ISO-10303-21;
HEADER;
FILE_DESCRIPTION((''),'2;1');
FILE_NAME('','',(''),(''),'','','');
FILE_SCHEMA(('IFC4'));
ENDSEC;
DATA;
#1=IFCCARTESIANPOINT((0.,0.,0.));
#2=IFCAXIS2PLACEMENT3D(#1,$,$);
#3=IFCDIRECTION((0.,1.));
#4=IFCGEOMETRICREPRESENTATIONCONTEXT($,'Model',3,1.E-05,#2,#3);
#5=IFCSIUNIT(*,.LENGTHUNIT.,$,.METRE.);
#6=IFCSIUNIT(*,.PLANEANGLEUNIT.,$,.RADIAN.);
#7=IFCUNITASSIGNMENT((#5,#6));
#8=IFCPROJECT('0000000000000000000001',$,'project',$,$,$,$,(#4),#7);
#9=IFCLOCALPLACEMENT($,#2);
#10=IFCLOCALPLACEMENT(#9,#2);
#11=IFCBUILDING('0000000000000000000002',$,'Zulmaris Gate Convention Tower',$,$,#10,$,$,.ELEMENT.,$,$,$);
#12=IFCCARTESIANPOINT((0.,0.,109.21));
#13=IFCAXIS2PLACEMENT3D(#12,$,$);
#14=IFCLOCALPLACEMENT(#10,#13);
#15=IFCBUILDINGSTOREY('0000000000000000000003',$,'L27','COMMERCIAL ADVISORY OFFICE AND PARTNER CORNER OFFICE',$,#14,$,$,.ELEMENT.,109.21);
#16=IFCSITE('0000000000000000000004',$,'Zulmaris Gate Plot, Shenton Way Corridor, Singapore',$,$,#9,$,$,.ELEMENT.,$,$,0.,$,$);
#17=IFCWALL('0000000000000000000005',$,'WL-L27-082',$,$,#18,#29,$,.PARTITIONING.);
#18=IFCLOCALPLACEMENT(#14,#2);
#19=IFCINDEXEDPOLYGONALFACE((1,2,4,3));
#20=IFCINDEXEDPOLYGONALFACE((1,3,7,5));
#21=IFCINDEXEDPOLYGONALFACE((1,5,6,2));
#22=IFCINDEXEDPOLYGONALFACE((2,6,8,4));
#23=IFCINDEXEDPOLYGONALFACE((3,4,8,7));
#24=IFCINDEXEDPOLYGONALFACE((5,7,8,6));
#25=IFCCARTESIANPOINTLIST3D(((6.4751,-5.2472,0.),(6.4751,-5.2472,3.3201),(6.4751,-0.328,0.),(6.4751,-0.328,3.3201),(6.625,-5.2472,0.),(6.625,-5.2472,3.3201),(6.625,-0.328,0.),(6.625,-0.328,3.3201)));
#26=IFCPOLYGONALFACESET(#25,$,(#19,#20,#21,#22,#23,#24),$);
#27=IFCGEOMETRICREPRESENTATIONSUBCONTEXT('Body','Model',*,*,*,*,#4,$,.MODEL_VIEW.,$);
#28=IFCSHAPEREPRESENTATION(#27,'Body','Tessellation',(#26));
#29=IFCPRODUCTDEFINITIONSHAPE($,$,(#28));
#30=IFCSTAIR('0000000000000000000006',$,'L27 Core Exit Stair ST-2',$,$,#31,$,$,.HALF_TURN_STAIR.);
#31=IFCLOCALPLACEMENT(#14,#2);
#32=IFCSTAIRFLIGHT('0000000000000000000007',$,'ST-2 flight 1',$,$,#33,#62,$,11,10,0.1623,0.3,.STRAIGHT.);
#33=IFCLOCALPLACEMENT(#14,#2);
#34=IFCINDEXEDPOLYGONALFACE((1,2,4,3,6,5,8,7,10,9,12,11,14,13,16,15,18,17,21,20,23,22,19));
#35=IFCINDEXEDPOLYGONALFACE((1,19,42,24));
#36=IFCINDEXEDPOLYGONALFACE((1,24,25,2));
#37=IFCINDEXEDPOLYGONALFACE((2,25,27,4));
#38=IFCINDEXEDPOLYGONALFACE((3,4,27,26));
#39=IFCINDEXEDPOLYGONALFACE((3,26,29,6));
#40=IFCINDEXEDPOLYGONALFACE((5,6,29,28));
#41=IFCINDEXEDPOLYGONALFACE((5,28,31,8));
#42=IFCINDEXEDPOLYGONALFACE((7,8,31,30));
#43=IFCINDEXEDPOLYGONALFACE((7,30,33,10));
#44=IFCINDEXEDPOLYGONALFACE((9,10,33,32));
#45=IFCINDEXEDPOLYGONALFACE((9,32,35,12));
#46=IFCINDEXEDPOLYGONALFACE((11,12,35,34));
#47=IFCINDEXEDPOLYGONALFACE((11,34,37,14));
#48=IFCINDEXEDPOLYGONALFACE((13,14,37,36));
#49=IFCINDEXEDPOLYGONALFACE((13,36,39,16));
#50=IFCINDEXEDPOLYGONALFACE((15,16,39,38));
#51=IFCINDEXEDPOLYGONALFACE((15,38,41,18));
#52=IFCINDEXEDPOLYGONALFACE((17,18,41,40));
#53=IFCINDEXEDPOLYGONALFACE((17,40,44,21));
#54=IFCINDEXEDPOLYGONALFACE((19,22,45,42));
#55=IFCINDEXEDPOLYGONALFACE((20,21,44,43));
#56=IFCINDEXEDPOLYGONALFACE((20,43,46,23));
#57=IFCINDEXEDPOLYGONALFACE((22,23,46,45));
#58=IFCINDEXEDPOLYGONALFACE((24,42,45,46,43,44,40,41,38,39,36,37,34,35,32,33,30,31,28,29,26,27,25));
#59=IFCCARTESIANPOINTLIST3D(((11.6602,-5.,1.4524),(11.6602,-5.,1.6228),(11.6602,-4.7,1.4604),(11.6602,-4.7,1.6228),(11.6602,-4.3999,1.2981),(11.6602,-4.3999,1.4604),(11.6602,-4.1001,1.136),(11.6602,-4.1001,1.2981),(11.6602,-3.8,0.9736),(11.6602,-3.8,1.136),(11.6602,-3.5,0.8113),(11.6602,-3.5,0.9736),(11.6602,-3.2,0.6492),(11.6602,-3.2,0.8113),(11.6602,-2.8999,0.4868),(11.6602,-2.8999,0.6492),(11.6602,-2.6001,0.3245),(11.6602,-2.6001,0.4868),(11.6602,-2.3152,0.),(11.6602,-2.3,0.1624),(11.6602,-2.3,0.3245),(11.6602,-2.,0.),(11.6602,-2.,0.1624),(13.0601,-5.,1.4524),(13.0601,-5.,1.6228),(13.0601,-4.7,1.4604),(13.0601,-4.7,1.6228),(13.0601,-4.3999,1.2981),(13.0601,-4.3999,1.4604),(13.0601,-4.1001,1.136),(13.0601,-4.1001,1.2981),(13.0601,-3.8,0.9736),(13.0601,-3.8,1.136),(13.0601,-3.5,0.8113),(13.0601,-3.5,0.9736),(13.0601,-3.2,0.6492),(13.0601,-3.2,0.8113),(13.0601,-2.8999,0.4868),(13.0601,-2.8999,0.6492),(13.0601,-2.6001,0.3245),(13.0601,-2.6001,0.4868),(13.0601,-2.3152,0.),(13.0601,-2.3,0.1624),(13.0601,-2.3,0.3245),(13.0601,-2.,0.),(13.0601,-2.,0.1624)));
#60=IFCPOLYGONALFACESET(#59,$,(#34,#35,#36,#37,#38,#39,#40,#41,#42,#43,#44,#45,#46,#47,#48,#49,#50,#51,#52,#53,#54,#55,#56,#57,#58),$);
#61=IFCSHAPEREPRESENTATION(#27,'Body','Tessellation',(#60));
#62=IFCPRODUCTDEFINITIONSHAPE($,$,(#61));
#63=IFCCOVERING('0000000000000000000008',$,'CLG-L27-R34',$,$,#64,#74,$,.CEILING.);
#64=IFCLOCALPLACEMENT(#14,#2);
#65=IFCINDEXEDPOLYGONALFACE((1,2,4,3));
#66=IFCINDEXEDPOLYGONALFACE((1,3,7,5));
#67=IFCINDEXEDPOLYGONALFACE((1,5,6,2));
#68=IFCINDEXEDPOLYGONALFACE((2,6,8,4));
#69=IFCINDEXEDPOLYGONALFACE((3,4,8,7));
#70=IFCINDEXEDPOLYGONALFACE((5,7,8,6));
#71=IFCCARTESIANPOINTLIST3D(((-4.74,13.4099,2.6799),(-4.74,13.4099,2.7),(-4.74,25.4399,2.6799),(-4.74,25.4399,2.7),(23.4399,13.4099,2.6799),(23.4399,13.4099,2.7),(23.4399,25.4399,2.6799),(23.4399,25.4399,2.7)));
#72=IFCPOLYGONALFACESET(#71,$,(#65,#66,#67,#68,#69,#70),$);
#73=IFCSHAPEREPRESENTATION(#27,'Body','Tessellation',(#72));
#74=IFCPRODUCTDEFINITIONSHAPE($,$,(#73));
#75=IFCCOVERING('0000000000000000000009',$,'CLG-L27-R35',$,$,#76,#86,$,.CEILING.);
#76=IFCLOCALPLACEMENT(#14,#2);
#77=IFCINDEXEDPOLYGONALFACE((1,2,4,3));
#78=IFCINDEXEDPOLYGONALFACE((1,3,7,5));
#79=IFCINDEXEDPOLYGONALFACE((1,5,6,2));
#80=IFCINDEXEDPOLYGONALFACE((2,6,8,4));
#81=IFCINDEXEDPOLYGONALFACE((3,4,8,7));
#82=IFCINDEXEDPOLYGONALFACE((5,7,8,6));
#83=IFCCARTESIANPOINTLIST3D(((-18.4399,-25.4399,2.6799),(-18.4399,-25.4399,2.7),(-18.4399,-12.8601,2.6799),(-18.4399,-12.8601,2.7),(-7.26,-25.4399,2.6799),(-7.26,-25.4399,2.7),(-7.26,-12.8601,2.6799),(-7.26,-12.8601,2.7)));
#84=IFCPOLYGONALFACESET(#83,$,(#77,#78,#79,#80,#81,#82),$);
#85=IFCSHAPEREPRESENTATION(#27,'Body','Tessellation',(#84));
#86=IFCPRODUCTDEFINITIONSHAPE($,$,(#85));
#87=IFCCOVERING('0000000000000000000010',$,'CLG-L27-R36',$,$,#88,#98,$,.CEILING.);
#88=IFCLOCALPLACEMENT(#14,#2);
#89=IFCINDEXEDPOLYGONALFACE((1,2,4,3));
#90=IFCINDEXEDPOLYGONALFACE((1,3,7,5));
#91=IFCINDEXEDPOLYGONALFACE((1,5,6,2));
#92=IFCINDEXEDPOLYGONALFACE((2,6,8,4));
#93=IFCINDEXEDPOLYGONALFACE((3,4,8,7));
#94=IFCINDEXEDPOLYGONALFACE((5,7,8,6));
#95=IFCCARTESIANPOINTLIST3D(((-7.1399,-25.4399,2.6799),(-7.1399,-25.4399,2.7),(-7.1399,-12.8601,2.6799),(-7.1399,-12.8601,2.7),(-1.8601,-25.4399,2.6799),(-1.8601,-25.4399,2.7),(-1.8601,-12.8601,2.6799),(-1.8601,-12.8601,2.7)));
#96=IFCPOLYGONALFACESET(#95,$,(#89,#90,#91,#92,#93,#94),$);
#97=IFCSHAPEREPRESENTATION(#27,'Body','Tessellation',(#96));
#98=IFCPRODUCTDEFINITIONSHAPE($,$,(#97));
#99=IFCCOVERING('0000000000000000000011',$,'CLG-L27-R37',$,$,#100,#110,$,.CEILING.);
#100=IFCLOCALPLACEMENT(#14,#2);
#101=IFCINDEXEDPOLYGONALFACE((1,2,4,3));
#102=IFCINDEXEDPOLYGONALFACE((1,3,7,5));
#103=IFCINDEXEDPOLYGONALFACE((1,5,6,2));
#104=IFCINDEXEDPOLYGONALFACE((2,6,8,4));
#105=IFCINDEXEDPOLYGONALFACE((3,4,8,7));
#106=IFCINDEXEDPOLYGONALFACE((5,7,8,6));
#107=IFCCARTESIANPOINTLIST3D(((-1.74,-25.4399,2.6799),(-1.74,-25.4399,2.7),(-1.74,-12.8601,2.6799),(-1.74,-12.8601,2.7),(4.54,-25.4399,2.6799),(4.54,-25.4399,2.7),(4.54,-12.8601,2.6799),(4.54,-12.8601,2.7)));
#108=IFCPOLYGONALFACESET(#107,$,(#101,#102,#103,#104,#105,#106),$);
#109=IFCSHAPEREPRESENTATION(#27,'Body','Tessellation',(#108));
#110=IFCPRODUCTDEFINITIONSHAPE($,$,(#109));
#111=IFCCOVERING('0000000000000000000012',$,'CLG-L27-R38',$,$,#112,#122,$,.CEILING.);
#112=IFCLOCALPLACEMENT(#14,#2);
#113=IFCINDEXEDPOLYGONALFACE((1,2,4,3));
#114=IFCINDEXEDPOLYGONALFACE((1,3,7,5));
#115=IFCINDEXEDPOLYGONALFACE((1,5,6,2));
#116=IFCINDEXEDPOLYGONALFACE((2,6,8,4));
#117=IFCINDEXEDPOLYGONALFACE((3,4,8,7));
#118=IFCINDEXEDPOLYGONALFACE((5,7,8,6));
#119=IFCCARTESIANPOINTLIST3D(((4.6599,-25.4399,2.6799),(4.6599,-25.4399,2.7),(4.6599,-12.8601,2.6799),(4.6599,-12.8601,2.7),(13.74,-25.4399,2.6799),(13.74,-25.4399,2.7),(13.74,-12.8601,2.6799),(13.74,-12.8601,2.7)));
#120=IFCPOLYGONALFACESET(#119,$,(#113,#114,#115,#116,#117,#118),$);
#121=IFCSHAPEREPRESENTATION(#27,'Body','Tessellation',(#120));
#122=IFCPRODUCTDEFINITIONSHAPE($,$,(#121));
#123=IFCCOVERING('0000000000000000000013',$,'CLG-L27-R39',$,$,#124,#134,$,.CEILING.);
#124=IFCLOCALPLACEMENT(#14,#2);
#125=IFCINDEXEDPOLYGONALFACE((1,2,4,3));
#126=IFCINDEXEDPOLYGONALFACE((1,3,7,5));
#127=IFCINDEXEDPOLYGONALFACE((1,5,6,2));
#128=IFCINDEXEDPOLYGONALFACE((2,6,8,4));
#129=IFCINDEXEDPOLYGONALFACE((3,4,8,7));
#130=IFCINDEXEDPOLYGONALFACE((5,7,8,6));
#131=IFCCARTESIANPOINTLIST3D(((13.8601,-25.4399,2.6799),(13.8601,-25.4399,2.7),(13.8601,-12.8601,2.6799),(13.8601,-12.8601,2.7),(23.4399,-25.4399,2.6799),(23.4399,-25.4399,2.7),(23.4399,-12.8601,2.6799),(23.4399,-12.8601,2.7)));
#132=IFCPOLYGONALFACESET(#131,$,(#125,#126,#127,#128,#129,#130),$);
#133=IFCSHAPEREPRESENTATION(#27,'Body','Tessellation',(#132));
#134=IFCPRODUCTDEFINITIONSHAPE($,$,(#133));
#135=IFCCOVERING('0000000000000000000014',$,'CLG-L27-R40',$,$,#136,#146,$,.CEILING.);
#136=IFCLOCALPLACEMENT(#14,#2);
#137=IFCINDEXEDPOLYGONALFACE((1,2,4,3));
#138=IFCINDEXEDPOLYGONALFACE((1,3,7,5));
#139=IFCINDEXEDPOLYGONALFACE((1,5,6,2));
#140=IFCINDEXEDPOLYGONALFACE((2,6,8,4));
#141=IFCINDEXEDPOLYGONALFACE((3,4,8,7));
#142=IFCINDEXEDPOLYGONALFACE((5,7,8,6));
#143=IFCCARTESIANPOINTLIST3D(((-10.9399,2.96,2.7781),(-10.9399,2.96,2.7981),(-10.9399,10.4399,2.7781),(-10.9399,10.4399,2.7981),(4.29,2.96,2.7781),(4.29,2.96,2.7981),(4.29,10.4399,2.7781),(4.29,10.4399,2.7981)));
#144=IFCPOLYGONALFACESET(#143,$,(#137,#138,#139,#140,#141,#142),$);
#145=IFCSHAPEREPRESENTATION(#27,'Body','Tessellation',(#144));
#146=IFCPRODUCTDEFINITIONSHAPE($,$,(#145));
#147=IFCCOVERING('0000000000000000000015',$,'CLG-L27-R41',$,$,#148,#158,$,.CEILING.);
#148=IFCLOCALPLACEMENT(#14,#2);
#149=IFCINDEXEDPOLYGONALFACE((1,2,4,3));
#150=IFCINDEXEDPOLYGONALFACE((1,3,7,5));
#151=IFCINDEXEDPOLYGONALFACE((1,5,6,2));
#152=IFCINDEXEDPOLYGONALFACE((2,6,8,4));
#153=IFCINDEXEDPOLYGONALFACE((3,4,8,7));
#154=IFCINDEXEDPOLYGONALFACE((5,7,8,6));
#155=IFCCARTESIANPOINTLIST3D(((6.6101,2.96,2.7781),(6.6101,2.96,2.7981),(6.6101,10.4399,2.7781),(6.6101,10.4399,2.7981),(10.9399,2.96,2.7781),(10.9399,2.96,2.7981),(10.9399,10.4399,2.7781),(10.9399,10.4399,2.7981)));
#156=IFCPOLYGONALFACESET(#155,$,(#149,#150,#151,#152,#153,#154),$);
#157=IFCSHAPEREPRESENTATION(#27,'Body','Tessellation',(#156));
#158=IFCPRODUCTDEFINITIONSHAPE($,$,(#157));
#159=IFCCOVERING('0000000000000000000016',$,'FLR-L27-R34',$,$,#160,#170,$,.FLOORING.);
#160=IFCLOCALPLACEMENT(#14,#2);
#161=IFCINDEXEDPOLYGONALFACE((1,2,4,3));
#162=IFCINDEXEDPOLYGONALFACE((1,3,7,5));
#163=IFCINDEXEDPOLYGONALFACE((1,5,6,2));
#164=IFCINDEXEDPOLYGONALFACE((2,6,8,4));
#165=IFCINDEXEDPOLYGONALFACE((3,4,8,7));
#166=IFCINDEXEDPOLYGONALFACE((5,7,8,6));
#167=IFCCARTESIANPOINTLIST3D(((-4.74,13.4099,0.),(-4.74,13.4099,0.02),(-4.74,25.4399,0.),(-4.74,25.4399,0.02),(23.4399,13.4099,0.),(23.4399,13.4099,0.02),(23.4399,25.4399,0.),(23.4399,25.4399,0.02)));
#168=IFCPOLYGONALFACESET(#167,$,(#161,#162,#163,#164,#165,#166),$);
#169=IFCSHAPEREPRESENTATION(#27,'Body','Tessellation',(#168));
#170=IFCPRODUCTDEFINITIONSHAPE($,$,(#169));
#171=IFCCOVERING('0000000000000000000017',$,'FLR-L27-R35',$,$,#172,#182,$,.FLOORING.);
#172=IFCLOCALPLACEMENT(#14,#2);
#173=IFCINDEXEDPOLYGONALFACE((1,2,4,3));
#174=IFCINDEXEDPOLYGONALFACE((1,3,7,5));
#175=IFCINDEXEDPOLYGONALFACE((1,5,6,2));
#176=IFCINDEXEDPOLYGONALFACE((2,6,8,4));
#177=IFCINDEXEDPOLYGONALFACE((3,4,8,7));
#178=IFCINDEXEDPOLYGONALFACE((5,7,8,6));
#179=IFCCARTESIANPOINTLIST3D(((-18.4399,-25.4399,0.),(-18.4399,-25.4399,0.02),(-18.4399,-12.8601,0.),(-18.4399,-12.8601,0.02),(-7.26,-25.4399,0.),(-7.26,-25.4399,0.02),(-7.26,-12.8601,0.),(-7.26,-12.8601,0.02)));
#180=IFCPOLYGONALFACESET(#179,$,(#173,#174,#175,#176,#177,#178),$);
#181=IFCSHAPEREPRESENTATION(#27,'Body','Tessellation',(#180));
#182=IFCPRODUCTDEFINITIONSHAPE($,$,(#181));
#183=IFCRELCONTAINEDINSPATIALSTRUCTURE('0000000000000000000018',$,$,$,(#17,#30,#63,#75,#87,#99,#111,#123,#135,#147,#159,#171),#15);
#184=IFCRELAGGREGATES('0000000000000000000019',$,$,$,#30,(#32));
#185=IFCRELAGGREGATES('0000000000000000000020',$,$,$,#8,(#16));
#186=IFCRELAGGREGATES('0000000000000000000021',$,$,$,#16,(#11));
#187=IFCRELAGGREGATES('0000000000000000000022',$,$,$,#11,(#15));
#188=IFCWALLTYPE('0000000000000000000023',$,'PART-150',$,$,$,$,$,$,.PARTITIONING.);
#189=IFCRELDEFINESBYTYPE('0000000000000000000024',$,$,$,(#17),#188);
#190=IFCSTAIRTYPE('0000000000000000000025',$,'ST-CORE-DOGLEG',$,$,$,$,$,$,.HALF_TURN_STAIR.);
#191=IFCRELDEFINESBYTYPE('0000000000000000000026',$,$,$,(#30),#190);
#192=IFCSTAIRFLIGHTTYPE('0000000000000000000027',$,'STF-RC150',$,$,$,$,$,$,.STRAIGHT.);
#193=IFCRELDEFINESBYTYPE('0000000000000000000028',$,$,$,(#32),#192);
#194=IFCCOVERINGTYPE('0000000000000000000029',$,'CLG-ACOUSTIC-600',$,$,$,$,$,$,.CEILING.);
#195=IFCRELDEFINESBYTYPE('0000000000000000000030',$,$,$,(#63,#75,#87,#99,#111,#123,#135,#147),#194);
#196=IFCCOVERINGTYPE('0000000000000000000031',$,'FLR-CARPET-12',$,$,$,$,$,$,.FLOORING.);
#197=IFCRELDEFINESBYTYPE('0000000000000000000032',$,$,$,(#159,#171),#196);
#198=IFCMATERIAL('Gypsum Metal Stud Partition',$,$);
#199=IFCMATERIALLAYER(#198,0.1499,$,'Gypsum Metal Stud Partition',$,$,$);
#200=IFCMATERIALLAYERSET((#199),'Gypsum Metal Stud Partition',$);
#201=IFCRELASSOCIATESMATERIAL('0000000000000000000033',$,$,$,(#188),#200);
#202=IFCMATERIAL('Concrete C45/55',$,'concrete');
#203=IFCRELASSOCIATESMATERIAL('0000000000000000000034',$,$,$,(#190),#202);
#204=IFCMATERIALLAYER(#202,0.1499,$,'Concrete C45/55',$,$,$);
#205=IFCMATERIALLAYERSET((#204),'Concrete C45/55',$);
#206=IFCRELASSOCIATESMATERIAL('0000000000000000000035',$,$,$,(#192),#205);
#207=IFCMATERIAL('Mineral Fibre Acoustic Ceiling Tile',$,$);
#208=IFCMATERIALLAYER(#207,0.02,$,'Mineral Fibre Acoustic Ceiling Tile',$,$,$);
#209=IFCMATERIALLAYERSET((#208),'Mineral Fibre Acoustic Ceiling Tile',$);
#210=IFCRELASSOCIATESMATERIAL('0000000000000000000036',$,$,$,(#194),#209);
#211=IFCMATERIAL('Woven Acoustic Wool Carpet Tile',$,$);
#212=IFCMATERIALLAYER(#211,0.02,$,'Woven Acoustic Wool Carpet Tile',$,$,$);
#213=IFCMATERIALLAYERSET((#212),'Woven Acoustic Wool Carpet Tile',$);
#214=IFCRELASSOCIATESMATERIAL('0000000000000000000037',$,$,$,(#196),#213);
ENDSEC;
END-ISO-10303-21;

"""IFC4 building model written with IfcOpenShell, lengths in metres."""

from ifc_helpers import new_model, si_unit, direction, frame, frame_2d, origin, place, context, subcontext, project, spatial, polyline, rectangle, outline, extrude, material, layer, layer_set, type_object, element, aggregate, save


model = new_model("IFC4")

# Units and contexts
model_context = context("Model", 3, precision=1e-05, world=origin(), true_north=direction((0.0, 1.0)))
body_context = subcontext(model_context, "Body", "Model", "MODEL_VIEW")
ifc_project = project(units=[si_unit("LENGTHUNIT", "METRE"), si_unit("PLANEANGLEUNIT", "RADIAN")], contexts=[model_context])

# Site, building, storey
site_placement = place(None, origin())
site = spatial("IfcSite", under=ifc_project, at=site_placement, Name="Zulmaris Gate Plot, Shenton Way Corridor, Singapore", CompositionType="ELEMENT", RefElevation=0.0)
building_placement = place(site_placement, origin())
building = spatial("IfcBuilding", under=site, at=building_placement, Name="Zulmaris Gate Convention Tower", CompositionType="ELEMENT")
storey_placement = place(building_placement, frame((0.0, 0.0, 109.21)))
storey = spatial("IfcBuildingStorey", under=building, at=storey_placement, Name="L27", Description="COMMERCIAL ADVISORY OFFICE AND PARTNER CORNER OFFICE", CompositionType="ELEMENT", Elevation=109.21)

# Wall
ifc_material_1 = material(Name="Gypsum Metal Stud Partition")
ifc_layer_1 = layer(ifc_material_1, 0.1499, Name="Gypsum Metal Stud Partition")
ifc_layer_set_1 = layer_set([ifc_layer_1], Name="Gypsum Metal Stud Partition")
wall_type_1 = type_object("IfcWallType", Name="PART-150", PredefinedType="PARTITIONING", material=ifc_layer_set_1)
wall_1_placement = place(storey_placement, frame((6.55, -5.2471, 0.0), z_axis=(0.0, 0.0, 1.0), x_axis=(0.0, 1.0, 0.0)))
element("IfcWall", 1, at=wall_1_placement, inside=storey, type_object=wall_type_1, Name="WL-L27-082", PredefinedType="PARTITIONING", context=body_context, shape_type="SweptSolid", body=[
    extrude(rectangle(XDim=4.9192, YDim=0.1499, at=frame_2d((2.4595, 0.0))), origin(), (0.0, 0.0, 1.0), 3.3201),
])

# Stair, stair flight
ifc_material_2 = material(Name="Concrete C45/55", Category="concrete")
stair_type = type_object("IfcStairType", Name="ST-CORE-DOGLEG", PredefinedType="HALF_TURN_STAIR", material=ifc_material_2)
stair_placement = place(storey_placement, origin())
stair = element("IfcStair", 2, at=stair_placement, inside=storey, type_object=stair_type, Name="L27 Core Exit Stair ST-2", PredefinedType="HALF_TURN_STAIR")
ifc_layer_2 = layer(ifc_material_2, 0.1499, Name="Concrete C45/55")
ifc_layer_set_2 = layer_set([ifc_layer_2], Name="Concrete C45/55")
stair_flight_type = type_object("IfcStairFlightType", Name="STF-RC150", PredefinedType="STRAIGHT", material=ifc_layer_set_2)
stair_flight_placement = place(storey_placement, frame((12.3601, -2.0, 0.0), z_axis=(0.0, 0.0, 1.0), x_axis=(0.0, -1.0, 0.0)))
stair_flight = element("IfcStairFlight", 3, at=stair_flight_placement, type_object=stair_flight_type, Name="ST-2 flight 1", NumberOfRisers=11, NumberOfTreads=10, PredefinedType="STRAIGHT", RiserHeight=0.1623, TreadLength=0.3, context=body_context, shape_type="SweptSolid", body=[
    extrude(outline(polyline([(0.0, 0.0), (0.0, 0.1624), (0.3, 0.1624), (0.3, 0.3245), (0.6001, 0.3245), (0.6001, 0.4868), (0.8999, 0.4868), (0.8999, 0.6492), (1.2, 0.6492), (1.2, 0.8113), (1.5, 0.8113), (1.5, 0.9736), (1.8, 0.9736), (1.8, 1.136), (2.1001, 1.136), (2.1001, 1.2981), (2.3999, 1.2981), (2.3999, 1.4604), (2.7, 1.4604), (2.7, 1.6228), (3.0, 1.6228), (3.0, 1.7849), (3.0, 1.4524), (0.3152, 0.0), (0.0, 0.0)])), frame((0.0, 0.7, 0.0), z_axis=(0.0, -1.0, 0.0), x_axis=(1.0, 0.0, 0.0)), (0.0, 0.0, 1.0), 1.3999),
])
aggregate(stair, [stair_flight])

# Coverings
ifc_material_3 = material(Name="Mineral Fibre Acoustic Ceiling Tile")
ifc_layer_3 = layer(ifc_material_3, 0.02, Name="Mineral Fibre Acoustic Ceiling Tile")
ifc_layer_set_3 = layer_set([ifc_layer_3], Name="Mineral Fibre Acoustic Ceiling Tile")
covering_type_1 = type_object("IfcCoveringType", Name="CLG-ACOUSTIC-600", PredefinedType="CEILING", material=ifc_layer_set_3)
covering_1_placement = place(storey_placement, frame((0.0, 0.0, 2.6799)))
element("IfcCovering", 4, at=covering_1_placement, inside=storey, type_object=covering_type_1, Name="CLG-L27-R34", PredefinedType="CEILING", context=body_context, shape_type="SweptSolid", body=[
    extrude(outline(polyline([(-4.74, 13.4099), (23.4399, 13.4099), (23.4399, 25.4399), (-4.74, 25.4399), (-4.74, 13.4099)])), origin(), (0.0, 0.0, 1.0), 0.02),
])
covering_2_placement = place(storey_placement, frame((0.0, 0.0, 2.6799)))
element("IfcCovering", 5, at=covering_2_placement, inside=storey, type_object=covering_type_1, Name="CLG-L27-R35", PredefinedType="CEILING", context=body_context, shape_type="SweptSolid", body=[
    extrude(outline(polyline([(-18.4399, -25.4399), (-7.26, -25.4399), (-7.26, -12.8601), (-18.4399, -12.8601), (-18.4399, -25.4399)])), origin(), (0.0, 0.0, 1.0), 0.02),
])
covering_3_placement = place(storey_placement, frame((0.0, 0.0, 2.6799)))
element("IfcCovering", 6, at=covering_3_placement, inside=storey, type_object=covering_type_1, Name="CLG-L27-R36", PredefinedType="CEILING", context=body_context, shape_type="SweptSolid", body=[
    extrude(outline(polyline([(-7.1399, -25.4399), (-1.8601, -25.4399), (-1.8601, -12.8601), (-7.1399, -12.8601), (-7.1399, -25.4399)])), origin(), (0.0, 0.0, 1.0), 0.02),
])
covering_4_placement = place(storey_placement, frame((0.0, 0.0, 2.6799)))
element("IfcCovering", 7, at=covering_4_placement, inside=storey, type_object=covering_type_1, Name="CLG-L27-R37", PredefinedType="CEILING", context=body_context, shape_type="SweptSolid", body=[
    extrude(outline(polyline([(-1.74, -25.4399), (4.54, -25.4399), (4.54, -12.8601), (-1.74, -12.8601), (-1.74, -25.4399)])), origin(), (0.0, 0.0, 1.0), 0.02),
])
covering_5_placement = place(storey_placement, frame((0.0, 0.0, 2.6799)))
element("IfcCovering", 8, at=covering_5_placement, inside=storey, type_object=covering_type_1, Name="CLG-L27-R38", PredefinedType="CEILING", context=body_context, shape_type="SweptSolid", body=[
    extrude(outline(polyline([(4.6599, -25.4399), (13.74, -25.4399), (13.74, -12.8601), (4.6599, -12.8601), (4.6599, -25.4399)])), origin(), (0.0, 0.0, 1.0), 0.02),
])
covering_6_placement = place(storey_placement, frame((0.0, 0.0, 2.6799)))
element("IfcCovering", 9, at=covering_6_placement, inside=storey, type_object=covering_type_1, Name="CLG-L27-R39", PredefinedType="CEILING", context=body_context, shape_type="SweptSolid", body=[
    extrude(outline(polyline([(13.8601, -25.4399), (23.4399, -25.4399), (23.4399, -12.8601), (13.8601, -12.8601), (13.8601, -25.4399)])), origin(), (0.0, 0.0, 1.0), 0.02),
])
covering_7_placement = place(storey_placement, frame((0.0, 0.0, 2.7781)))
element("IfcCovering", 10, at=covering_7_placement, inside=storey, type_object=covering_type_1, Name="CLG-L27-R40", PredefinedType="CEILING", context=body_context, shape_type="SweptSolid", body=[
    extrude(outline(polyline([(-10.9399, 2.96), (4.29, 2.96), (4.29, 10.4399), (-10.9399, 10.4399), (-10.9399, 2.96)])), origin(), (0.0, 0.0, 1.0), 0.02),
])
covering_8_placement = place(storey_placement, frame((0.0, 0.0, 2.7781)))
element("IfcCovering", 11, at=covering_8_placement, inside=storey, type_object=covering_type_1, Name="CLG-L27-R41", PredefinedType="CEILING", context=body_context, shape_type="SweptSolid", body=[
    extrude(outline(polyline([(6.6101, 2.96), (10.9399, 2.96), (10.9399, 10.4399), (6.6101, 10.4399), (6.6101, 2.96)])), origin(), (0.0, 0.0, 1.0), 0.02),
])
ifc_material_4 = material(Name="Woven Acoustic Wool Carpet Tile")
ifc_layer_4 = layer(ifc_material_4, 0.02, Name="Woven Acoustic Wool Carpet Tile")
ifc_layer_set_4 = layer_set([ifc_layer_4], Name="Woven Acoustic Wool Carpet Tile")
covering_type_2 = type_object("IfcCoveringType", Name="FLR-CARPET-12", PredefinedType="FLOORING", material=ifc_layer_set_4)
covering_9_placement = place(storey_placement, origin())
element("IfcCovering", 12, at=covering_9_placement, inside=storey, type_object=covering_type_2, Name="FLR-L27-R34", PredefinedType="FLOORING", context=body_context, shape_type="SweptSolid", body=[
    extrude(outline(polyline([(-4.74, 13.4099), (23.4399, 13.4099), (23.4399, 25.4399), (-4.74, 25.4399), (-4.74, 13.4099)])), origin(), (0.0, 0.0, 1.0), 0.02),
])
covering_10_placement = place(storey_placement, origin())
element("IfcCovering", 13, at=covering_10_placement, inside=storey, type_object=covering_type_2, Name="FLR-L27-R35", PredefinedType="FLOORING", context=body_context, shape_type="SweptSolid", body=[
    extrude(outline(polyline([(-18.4399, -25.4399), (-7.26, -25.4399), (-7.26, -12.8601), (-18.4399, -12.8601), (-18.4399, -25.4399)])), origin(), (0.0, 0.0, 1.0), 0.02),
])

save(model, "model.ifc")
